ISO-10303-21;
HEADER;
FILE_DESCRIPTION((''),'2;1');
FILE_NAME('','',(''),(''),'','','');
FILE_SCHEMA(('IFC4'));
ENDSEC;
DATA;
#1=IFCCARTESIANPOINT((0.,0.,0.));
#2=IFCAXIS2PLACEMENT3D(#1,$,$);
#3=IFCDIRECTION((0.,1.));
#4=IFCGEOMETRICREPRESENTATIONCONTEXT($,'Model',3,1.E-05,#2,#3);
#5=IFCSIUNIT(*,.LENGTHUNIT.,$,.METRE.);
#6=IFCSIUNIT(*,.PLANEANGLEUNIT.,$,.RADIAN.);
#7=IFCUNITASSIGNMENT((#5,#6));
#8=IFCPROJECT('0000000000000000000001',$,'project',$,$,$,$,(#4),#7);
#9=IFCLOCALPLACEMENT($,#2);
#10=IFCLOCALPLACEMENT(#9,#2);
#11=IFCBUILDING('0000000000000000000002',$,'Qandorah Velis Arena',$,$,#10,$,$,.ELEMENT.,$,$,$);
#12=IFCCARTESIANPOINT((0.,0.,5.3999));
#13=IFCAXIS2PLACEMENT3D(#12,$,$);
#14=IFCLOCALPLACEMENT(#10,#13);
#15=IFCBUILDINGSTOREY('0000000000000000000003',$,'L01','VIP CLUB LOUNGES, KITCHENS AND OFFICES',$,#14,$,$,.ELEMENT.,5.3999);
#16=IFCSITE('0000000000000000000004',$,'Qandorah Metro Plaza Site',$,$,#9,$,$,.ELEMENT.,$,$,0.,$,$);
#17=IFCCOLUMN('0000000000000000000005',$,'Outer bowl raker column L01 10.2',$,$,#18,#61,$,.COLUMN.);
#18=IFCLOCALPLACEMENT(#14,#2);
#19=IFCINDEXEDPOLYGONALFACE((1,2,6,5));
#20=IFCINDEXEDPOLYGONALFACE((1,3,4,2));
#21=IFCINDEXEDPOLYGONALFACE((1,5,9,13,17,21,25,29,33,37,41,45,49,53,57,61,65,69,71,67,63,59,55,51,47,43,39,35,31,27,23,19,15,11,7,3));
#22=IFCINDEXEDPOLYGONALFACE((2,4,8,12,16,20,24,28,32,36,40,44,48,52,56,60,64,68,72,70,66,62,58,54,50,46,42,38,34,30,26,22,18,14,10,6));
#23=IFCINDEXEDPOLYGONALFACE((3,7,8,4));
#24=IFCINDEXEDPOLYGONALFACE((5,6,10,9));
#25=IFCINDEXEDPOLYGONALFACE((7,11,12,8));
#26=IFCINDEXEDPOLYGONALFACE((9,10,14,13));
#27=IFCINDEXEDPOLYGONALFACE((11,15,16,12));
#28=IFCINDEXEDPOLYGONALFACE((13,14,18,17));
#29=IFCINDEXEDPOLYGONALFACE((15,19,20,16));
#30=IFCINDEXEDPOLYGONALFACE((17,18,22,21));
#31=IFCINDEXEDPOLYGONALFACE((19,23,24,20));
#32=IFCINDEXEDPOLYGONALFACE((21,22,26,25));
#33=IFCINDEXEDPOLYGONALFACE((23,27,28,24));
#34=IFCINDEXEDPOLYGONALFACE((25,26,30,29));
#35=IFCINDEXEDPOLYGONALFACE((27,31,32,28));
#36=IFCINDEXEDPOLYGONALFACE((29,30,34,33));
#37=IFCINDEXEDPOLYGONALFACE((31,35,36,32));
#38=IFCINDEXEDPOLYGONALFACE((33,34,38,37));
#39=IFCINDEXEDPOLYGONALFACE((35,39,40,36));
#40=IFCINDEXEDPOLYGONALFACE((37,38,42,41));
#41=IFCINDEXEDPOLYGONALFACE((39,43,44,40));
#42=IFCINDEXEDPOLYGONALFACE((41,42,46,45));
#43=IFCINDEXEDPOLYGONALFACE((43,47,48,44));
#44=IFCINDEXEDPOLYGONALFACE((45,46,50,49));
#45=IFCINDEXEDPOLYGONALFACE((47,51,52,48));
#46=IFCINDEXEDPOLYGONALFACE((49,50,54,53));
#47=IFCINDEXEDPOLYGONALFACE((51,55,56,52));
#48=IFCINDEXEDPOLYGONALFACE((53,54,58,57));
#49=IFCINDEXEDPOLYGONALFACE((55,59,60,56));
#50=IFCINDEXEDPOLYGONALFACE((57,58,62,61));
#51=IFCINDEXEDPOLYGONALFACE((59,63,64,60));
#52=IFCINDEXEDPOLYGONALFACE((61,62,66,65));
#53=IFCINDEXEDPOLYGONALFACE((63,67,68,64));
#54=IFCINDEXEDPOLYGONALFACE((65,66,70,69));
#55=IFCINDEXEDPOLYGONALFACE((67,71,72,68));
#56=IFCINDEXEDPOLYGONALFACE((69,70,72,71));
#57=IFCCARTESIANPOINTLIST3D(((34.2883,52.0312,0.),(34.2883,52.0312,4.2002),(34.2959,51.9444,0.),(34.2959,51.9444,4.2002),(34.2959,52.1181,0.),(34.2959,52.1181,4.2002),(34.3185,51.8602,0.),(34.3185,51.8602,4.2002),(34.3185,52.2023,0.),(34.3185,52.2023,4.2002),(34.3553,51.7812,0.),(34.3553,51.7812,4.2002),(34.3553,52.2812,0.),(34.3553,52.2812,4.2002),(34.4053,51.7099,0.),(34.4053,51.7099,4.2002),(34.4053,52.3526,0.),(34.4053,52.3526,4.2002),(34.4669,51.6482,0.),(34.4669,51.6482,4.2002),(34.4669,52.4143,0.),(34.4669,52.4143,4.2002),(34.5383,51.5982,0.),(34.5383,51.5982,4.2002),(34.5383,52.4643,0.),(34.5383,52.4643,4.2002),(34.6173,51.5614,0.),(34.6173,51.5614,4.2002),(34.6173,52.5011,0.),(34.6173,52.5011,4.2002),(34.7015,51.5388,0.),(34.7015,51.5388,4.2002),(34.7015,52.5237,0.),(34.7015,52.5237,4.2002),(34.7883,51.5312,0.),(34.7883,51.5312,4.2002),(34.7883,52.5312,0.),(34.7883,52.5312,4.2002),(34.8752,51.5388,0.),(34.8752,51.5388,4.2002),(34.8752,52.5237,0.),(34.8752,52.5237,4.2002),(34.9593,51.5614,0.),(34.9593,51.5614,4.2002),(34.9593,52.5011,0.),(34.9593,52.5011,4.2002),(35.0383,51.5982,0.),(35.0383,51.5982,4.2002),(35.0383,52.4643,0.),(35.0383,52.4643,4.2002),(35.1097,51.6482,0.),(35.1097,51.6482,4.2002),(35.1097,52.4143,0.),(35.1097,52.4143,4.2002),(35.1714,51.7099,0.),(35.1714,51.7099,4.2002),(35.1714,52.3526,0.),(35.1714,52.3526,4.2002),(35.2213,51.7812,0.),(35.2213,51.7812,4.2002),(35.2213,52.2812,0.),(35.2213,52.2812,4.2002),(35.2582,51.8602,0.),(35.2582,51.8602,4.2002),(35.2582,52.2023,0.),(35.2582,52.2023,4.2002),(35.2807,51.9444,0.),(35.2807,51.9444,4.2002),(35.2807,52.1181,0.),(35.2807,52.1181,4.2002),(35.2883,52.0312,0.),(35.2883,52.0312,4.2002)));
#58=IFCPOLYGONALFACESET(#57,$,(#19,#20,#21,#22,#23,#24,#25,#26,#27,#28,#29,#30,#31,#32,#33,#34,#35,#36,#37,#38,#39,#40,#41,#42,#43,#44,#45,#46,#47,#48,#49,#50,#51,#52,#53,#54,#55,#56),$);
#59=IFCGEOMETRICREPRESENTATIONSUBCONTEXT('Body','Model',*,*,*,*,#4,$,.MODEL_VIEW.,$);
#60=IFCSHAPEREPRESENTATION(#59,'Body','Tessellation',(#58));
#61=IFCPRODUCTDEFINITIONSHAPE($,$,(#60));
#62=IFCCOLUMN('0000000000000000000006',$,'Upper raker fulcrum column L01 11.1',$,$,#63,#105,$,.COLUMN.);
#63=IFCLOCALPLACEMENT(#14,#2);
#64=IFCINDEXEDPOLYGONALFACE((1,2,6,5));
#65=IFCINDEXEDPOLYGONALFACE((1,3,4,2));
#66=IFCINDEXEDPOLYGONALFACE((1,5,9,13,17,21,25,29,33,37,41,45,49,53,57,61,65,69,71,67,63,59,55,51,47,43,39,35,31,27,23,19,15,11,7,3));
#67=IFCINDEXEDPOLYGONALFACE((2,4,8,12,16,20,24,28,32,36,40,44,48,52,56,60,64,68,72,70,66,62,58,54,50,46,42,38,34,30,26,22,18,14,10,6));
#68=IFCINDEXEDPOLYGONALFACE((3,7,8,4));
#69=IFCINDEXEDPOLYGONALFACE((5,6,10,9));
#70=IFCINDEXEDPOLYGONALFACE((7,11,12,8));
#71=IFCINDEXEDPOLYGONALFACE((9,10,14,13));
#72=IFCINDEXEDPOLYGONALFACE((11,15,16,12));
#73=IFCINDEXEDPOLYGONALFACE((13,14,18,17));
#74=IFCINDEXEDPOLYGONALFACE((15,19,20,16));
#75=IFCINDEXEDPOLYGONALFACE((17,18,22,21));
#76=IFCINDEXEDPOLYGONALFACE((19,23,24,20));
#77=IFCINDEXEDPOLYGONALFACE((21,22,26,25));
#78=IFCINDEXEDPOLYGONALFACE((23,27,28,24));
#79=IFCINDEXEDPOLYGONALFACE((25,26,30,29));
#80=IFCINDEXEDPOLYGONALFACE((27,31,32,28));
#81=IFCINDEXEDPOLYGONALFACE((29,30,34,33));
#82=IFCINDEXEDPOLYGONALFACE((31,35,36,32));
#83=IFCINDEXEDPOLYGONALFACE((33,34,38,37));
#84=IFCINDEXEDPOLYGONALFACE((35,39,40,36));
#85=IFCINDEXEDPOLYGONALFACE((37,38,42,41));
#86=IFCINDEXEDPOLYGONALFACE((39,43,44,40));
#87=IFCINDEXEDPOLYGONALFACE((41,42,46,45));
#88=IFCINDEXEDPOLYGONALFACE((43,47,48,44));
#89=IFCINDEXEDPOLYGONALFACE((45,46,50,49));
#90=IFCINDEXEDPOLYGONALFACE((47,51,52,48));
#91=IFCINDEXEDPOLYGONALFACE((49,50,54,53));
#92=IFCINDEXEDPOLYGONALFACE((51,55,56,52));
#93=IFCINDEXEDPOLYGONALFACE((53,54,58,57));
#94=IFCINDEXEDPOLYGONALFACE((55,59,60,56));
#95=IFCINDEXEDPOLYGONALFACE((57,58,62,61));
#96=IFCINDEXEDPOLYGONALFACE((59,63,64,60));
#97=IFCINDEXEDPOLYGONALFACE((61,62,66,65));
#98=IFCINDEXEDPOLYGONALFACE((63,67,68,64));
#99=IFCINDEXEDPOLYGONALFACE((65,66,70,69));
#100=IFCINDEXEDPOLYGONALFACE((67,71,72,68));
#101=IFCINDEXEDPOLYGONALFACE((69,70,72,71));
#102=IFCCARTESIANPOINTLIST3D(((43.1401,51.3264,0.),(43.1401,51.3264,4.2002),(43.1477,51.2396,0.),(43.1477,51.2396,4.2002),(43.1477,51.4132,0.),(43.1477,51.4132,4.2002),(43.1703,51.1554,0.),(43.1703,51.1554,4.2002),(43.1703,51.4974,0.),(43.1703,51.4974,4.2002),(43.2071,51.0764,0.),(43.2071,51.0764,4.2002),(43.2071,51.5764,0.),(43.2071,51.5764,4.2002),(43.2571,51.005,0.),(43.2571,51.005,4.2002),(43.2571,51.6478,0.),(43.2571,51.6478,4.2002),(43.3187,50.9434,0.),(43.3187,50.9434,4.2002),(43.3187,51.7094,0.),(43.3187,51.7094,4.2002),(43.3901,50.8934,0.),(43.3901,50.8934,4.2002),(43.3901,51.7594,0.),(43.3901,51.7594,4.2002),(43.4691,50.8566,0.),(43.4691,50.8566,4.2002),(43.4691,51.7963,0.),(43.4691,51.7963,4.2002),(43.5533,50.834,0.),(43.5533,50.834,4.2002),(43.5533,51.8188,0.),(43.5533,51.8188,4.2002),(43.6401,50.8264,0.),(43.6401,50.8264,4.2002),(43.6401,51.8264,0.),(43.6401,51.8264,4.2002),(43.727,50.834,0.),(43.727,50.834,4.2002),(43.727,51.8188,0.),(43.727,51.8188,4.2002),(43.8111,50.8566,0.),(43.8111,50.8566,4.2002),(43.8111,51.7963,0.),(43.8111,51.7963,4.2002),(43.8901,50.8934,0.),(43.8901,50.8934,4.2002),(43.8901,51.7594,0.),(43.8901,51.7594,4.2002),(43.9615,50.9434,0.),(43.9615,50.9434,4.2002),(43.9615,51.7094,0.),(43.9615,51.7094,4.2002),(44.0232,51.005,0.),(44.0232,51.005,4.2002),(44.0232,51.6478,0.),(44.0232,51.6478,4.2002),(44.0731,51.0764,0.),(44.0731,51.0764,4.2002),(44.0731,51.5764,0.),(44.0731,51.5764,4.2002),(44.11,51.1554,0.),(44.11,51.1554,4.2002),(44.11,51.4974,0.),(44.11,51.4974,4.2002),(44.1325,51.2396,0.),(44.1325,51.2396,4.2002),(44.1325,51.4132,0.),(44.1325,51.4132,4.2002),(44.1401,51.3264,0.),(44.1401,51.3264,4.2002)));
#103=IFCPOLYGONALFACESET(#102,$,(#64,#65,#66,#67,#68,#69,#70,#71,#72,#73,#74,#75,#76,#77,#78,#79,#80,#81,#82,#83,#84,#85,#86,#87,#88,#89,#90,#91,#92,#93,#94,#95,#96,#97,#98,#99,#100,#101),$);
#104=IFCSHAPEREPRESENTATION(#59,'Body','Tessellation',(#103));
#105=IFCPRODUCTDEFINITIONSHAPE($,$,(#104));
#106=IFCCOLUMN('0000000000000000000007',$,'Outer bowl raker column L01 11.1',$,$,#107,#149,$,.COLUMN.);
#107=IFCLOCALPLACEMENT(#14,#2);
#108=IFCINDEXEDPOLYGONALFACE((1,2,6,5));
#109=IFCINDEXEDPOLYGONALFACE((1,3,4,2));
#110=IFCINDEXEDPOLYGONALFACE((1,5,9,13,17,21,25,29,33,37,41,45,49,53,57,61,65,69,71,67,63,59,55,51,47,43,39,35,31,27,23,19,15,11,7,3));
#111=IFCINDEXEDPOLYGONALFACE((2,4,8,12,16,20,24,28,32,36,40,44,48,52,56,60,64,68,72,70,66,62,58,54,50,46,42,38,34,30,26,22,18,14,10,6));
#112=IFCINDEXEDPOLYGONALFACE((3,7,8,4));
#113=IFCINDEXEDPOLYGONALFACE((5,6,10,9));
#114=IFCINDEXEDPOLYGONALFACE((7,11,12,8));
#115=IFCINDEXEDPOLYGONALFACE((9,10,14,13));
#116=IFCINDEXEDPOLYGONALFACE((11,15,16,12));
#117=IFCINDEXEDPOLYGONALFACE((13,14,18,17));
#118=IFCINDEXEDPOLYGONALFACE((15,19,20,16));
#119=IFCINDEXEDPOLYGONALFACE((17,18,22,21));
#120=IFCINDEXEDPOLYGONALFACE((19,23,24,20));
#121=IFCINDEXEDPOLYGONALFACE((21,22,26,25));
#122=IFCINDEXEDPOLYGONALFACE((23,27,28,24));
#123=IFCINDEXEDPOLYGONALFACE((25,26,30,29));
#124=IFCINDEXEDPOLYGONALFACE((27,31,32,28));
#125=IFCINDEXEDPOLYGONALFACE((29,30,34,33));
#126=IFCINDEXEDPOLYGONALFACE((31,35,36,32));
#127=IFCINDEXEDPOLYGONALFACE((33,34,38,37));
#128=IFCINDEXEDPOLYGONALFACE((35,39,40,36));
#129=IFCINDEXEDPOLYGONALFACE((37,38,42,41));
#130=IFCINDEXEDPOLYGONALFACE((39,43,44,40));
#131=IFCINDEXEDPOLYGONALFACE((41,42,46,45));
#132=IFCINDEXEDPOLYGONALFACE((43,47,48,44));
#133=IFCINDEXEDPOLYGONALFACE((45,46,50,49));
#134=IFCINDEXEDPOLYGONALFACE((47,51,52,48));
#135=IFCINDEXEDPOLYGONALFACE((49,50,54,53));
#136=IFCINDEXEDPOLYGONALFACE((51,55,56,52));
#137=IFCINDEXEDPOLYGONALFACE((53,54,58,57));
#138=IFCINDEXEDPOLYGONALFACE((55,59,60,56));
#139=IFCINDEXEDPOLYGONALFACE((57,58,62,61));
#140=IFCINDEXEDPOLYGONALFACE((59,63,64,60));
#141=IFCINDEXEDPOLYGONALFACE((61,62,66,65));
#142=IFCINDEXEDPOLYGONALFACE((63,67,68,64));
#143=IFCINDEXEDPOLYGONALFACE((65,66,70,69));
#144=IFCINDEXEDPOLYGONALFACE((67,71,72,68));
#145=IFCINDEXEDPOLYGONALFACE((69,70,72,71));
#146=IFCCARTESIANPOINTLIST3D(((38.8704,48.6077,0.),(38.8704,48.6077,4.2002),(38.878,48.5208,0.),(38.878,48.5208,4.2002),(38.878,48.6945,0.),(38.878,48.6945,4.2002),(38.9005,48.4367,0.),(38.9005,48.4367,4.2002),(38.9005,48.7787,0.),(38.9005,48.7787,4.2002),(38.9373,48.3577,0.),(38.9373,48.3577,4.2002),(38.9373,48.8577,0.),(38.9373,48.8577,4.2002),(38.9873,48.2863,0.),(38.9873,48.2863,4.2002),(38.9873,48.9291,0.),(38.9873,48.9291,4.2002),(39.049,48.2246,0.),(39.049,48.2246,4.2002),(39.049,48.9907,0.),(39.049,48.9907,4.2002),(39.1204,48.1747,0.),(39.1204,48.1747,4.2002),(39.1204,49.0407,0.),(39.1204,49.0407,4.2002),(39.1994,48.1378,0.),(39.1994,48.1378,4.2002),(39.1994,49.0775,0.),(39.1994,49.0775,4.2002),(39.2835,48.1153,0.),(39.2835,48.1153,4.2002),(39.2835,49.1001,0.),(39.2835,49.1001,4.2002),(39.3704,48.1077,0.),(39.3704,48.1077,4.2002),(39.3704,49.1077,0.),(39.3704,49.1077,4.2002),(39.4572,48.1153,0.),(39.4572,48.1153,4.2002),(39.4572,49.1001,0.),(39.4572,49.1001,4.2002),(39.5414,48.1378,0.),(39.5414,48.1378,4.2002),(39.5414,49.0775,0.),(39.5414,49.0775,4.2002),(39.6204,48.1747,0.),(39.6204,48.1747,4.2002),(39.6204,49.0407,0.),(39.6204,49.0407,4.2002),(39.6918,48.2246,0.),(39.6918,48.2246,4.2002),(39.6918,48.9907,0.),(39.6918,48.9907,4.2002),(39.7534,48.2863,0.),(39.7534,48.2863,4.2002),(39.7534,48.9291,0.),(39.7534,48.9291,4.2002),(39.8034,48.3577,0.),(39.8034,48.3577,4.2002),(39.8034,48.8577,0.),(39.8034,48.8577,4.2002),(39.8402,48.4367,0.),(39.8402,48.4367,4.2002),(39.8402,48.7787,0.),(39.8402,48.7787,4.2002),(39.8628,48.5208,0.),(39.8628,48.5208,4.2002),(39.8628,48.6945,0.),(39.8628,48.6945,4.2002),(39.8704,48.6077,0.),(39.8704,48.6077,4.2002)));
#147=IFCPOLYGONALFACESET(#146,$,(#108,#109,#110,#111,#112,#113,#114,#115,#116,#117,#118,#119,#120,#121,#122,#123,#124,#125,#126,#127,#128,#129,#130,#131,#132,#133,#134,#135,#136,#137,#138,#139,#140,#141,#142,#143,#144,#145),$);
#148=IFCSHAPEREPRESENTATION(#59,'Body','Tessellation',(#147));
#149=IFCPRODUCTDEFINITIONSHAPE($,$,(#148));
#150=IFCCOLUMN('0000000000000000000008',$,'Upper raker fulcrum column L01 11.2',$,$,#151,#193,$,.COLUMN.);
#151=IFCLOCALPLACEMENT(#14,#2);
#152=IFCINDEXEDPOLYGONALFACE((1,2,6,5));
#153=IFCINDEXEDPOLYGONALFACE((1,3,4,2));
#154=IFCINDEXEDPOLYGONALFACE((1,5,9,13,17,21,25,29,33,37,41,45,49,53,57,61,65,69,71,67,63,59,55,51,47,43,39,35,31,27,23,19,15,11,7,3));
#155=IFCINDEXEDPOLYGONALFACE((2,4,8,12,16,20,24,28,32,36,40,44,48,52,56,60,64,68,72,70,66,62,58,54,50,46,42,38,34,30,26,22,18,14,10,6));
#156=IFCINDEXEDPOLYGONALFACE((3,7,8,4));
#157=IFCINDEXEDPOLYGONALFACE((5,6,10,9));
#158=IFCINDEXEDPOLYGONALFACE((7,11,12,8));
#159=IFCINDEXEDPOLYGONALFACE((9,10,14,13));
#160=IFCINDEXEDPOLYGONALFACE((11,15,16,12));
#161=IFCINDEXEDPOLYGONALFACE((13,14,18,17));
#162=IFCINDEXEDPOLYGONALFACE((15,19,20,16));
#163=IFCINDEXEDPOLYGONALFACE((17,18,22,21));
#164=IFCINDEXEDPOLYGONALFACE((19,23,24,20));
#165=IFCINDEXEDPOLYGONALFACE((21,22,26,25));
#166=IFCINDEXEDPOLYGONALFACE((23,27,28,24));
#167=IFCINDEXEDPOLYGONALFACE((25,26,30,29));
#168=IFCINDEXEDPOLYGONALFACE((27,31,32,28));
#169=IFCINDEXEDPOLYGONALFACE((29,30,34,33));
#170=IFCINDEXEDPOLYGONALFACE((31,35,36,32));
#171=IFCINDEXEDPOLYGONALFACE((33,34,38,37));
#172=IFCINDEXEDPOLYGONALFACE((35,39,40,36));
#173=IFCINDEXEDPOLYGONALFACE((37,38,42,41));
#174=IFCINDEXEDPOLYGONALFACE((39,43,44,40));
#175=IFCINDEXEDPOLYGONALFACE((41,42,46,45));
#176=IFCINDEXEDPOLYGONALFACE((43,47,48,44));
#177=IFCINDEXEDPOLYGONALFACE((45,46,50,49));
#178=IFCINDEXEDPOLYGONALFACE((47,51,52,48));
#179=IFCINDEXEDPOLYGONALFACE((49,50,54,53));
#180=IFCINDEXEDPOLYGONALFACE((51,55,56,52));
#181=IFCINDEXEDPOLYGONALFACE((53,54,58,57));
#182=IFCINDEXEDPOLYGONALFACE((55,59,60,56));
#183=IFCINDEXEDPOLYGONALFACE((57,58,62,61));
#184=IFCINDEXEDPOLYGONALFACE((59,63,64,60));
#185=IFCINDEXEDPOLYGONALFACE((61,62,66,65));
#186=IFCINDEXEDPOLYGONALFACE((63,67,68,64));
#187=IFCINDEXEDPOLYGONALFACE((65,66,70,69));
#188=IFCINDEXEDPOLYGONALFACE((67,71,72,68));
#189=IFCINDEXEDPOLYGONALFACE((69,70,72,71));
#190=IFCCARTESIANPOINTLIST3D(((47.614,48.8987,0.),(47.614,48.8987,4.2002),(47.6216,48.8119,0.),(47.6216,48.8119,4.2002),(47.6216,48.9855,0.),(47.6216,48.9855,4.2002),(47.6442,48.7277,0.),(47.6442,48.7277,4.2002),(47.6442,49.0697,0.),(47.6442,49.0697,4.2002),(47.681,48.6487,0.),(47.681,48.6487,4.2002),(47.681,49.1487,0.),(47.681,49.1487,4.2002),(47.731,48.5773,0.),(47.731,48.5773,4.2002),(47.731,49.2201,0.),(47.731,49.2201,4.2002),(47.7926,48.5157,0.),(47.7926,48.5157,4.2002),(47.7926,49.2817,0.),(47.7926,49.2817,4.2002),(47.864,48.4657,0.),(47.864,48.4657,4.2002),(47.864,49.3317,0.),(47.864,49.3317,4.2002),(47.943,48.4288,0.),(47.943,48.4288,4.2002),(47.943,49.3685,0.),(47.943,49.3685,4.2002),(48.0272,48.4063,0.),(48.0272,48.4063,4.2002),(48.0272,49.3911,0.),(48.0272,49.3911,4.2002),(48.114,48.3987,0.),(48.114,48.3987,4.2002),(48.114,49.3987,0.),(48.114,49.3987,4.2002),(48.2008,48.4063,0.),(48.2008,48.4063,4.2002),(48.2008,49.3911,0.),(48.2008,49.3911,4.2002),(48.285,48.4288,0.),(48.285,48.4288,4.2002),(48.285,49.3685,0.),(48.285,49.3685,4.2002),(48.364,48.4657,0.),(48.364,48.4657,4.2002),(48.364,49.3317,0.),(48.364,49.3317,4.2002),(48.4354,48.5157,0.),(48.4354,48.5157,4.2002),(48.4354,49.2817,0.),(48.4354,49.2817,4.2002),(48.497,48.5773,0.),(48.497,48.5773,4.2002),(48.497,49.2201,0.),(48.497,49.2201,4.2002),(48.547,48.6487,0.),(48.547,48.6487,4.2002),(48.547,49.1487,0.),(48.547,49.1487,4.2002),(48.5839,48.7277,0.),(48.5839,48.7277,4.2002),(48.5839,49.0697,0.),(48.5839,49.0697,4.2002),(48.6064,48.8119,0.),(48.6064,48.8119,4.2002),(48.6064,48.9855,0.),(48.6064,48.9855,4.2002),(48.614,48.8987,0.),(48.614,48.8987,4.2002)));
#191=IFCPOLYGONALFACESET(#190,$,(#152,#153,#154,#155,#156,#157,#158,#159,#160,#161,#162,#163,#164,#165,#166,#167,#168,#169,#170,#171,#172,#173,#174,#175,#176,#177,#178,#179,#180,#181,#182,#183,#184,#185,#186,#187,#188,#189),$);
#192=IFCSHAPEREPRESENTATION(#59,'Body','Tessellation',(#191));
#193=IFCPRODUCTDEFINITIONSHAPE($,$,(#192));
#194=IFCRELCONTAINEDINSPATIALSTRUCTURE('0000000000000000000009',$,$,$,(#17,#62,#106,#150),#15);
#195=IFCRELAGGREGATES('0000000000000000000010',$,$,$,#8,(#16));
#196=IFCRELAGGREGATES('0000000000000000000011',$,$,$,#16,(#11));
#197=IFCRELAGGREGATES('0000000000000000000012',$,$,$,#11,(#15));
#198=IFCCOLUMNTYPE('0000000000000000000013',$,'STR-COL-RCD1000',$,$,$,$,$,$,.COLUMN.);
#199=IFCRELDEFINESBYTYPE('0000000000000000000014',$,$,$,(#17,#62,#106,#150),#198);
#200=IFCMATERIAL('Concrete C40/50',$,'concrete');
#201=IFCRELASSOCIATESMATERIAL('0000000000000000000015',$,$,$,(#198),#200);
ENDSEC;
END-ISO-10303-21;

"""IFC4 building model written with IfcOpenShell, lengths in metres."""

from ifc_helpers import new_model, si_unit, direction, frame, origin, origin_2d, place, context, subcontext, project, spatial, circle, extrude, material, material_profile, profile_set, type_object, element, save


model = new_model("IFC4")

# Units and contexts
model_context = context("Model", 3, precision=1e-05, world=origin(), true_north=direction((0.0, 1.0)))
body_context = subcontext(model_context, "Body", "Model", "MODEL_VIEW")
ifc_project = project(units=[si_unit("LENGTHUNIT", "METRE"), si_unit("PLANEANGLEUNIT", "RADIAN")], contexts=[model_context])

# Site, building, storey
site_placement = place(None, origin())
site = spatial("IfcSite", under=ifc_project, at=site_placement, Name="Qandorah Metro Plaza Site", CompositionType="ELEMENT", RefElevation=0.0)
building_placement = place(site_placement, origin())
building = spatial("IfcBuilding", under=site, at=building_placement, Name="Qandorah Velis Arena", CompositionType="ELEMENT")
storey_placement = place(building_placement, frame((0.0, 0.0, 5.3999)))
storey = spatial("IfcBuildingStorey", under=building, at=storey_placement, Name="L01", Description="VIP CLUB LOUNGES, KITCHENS AND OFFICES", CompositionType="ELEMENT", Elevation=5.3999)

# Columns
ifc_material_1 = material(Name="Concrete C40/50", Category="concrete")
ifc_material_profile_1 = material_profile(ifc_material_1, circle(Radius=0.5, at=origin_2d()), Name="RC D1000")
ifc_profile_set_1 = profile_set([ifc_material_profile_1], Name="Concrete C40/50")
column_type_1 = type_object("IfcColumnType", Name="STR-COL-RCD1000", PredefinedType="COLUMN", material=ifc_profile_set_1)
for number, where, z_axis, x_axis, name in (
    (1, (34.7883, 52.0312, 0.0), (0.0, 0.0, 1.0), (1.0, 0.0, 0.0), "Outer bowl raker column L01 10.2"),
    (2, (43.6401, 51.3264, 0.0), (0.0, 0.0, 1.0), (1.0, 0.0, 0.0), "Upper raker fulcrum column L01 11.1"),
    (3, (39.3704, 48.6077, 0.0), (0.0, 0.0, 1.0), (1.0, 0.0, 0.0), "Outer bowl raker column L01 11.1"),
    (4, (48.114, 48.8987, 0.0), (0.0, 0.0, 1.0), (1.0, 0.0, 0.0), "Upper raker fulcrum column L01 11.2"),
):
    element("IfcColumn", number, at=place(storey_placement, frame(where, z_axis=z_axis, x_axis=x_axis)), inside=storey, type_object=column_type_1, Name=name, PredefinedType="COLUMN", context=body_context, shape_type="SweptSolid", body=[
        extrude(circle(Radius=0.5, at=origin_2d()), origin(), (0.0, 0.0, 1.0), 4.2002),
    ])

save(model, "model.ifc")
